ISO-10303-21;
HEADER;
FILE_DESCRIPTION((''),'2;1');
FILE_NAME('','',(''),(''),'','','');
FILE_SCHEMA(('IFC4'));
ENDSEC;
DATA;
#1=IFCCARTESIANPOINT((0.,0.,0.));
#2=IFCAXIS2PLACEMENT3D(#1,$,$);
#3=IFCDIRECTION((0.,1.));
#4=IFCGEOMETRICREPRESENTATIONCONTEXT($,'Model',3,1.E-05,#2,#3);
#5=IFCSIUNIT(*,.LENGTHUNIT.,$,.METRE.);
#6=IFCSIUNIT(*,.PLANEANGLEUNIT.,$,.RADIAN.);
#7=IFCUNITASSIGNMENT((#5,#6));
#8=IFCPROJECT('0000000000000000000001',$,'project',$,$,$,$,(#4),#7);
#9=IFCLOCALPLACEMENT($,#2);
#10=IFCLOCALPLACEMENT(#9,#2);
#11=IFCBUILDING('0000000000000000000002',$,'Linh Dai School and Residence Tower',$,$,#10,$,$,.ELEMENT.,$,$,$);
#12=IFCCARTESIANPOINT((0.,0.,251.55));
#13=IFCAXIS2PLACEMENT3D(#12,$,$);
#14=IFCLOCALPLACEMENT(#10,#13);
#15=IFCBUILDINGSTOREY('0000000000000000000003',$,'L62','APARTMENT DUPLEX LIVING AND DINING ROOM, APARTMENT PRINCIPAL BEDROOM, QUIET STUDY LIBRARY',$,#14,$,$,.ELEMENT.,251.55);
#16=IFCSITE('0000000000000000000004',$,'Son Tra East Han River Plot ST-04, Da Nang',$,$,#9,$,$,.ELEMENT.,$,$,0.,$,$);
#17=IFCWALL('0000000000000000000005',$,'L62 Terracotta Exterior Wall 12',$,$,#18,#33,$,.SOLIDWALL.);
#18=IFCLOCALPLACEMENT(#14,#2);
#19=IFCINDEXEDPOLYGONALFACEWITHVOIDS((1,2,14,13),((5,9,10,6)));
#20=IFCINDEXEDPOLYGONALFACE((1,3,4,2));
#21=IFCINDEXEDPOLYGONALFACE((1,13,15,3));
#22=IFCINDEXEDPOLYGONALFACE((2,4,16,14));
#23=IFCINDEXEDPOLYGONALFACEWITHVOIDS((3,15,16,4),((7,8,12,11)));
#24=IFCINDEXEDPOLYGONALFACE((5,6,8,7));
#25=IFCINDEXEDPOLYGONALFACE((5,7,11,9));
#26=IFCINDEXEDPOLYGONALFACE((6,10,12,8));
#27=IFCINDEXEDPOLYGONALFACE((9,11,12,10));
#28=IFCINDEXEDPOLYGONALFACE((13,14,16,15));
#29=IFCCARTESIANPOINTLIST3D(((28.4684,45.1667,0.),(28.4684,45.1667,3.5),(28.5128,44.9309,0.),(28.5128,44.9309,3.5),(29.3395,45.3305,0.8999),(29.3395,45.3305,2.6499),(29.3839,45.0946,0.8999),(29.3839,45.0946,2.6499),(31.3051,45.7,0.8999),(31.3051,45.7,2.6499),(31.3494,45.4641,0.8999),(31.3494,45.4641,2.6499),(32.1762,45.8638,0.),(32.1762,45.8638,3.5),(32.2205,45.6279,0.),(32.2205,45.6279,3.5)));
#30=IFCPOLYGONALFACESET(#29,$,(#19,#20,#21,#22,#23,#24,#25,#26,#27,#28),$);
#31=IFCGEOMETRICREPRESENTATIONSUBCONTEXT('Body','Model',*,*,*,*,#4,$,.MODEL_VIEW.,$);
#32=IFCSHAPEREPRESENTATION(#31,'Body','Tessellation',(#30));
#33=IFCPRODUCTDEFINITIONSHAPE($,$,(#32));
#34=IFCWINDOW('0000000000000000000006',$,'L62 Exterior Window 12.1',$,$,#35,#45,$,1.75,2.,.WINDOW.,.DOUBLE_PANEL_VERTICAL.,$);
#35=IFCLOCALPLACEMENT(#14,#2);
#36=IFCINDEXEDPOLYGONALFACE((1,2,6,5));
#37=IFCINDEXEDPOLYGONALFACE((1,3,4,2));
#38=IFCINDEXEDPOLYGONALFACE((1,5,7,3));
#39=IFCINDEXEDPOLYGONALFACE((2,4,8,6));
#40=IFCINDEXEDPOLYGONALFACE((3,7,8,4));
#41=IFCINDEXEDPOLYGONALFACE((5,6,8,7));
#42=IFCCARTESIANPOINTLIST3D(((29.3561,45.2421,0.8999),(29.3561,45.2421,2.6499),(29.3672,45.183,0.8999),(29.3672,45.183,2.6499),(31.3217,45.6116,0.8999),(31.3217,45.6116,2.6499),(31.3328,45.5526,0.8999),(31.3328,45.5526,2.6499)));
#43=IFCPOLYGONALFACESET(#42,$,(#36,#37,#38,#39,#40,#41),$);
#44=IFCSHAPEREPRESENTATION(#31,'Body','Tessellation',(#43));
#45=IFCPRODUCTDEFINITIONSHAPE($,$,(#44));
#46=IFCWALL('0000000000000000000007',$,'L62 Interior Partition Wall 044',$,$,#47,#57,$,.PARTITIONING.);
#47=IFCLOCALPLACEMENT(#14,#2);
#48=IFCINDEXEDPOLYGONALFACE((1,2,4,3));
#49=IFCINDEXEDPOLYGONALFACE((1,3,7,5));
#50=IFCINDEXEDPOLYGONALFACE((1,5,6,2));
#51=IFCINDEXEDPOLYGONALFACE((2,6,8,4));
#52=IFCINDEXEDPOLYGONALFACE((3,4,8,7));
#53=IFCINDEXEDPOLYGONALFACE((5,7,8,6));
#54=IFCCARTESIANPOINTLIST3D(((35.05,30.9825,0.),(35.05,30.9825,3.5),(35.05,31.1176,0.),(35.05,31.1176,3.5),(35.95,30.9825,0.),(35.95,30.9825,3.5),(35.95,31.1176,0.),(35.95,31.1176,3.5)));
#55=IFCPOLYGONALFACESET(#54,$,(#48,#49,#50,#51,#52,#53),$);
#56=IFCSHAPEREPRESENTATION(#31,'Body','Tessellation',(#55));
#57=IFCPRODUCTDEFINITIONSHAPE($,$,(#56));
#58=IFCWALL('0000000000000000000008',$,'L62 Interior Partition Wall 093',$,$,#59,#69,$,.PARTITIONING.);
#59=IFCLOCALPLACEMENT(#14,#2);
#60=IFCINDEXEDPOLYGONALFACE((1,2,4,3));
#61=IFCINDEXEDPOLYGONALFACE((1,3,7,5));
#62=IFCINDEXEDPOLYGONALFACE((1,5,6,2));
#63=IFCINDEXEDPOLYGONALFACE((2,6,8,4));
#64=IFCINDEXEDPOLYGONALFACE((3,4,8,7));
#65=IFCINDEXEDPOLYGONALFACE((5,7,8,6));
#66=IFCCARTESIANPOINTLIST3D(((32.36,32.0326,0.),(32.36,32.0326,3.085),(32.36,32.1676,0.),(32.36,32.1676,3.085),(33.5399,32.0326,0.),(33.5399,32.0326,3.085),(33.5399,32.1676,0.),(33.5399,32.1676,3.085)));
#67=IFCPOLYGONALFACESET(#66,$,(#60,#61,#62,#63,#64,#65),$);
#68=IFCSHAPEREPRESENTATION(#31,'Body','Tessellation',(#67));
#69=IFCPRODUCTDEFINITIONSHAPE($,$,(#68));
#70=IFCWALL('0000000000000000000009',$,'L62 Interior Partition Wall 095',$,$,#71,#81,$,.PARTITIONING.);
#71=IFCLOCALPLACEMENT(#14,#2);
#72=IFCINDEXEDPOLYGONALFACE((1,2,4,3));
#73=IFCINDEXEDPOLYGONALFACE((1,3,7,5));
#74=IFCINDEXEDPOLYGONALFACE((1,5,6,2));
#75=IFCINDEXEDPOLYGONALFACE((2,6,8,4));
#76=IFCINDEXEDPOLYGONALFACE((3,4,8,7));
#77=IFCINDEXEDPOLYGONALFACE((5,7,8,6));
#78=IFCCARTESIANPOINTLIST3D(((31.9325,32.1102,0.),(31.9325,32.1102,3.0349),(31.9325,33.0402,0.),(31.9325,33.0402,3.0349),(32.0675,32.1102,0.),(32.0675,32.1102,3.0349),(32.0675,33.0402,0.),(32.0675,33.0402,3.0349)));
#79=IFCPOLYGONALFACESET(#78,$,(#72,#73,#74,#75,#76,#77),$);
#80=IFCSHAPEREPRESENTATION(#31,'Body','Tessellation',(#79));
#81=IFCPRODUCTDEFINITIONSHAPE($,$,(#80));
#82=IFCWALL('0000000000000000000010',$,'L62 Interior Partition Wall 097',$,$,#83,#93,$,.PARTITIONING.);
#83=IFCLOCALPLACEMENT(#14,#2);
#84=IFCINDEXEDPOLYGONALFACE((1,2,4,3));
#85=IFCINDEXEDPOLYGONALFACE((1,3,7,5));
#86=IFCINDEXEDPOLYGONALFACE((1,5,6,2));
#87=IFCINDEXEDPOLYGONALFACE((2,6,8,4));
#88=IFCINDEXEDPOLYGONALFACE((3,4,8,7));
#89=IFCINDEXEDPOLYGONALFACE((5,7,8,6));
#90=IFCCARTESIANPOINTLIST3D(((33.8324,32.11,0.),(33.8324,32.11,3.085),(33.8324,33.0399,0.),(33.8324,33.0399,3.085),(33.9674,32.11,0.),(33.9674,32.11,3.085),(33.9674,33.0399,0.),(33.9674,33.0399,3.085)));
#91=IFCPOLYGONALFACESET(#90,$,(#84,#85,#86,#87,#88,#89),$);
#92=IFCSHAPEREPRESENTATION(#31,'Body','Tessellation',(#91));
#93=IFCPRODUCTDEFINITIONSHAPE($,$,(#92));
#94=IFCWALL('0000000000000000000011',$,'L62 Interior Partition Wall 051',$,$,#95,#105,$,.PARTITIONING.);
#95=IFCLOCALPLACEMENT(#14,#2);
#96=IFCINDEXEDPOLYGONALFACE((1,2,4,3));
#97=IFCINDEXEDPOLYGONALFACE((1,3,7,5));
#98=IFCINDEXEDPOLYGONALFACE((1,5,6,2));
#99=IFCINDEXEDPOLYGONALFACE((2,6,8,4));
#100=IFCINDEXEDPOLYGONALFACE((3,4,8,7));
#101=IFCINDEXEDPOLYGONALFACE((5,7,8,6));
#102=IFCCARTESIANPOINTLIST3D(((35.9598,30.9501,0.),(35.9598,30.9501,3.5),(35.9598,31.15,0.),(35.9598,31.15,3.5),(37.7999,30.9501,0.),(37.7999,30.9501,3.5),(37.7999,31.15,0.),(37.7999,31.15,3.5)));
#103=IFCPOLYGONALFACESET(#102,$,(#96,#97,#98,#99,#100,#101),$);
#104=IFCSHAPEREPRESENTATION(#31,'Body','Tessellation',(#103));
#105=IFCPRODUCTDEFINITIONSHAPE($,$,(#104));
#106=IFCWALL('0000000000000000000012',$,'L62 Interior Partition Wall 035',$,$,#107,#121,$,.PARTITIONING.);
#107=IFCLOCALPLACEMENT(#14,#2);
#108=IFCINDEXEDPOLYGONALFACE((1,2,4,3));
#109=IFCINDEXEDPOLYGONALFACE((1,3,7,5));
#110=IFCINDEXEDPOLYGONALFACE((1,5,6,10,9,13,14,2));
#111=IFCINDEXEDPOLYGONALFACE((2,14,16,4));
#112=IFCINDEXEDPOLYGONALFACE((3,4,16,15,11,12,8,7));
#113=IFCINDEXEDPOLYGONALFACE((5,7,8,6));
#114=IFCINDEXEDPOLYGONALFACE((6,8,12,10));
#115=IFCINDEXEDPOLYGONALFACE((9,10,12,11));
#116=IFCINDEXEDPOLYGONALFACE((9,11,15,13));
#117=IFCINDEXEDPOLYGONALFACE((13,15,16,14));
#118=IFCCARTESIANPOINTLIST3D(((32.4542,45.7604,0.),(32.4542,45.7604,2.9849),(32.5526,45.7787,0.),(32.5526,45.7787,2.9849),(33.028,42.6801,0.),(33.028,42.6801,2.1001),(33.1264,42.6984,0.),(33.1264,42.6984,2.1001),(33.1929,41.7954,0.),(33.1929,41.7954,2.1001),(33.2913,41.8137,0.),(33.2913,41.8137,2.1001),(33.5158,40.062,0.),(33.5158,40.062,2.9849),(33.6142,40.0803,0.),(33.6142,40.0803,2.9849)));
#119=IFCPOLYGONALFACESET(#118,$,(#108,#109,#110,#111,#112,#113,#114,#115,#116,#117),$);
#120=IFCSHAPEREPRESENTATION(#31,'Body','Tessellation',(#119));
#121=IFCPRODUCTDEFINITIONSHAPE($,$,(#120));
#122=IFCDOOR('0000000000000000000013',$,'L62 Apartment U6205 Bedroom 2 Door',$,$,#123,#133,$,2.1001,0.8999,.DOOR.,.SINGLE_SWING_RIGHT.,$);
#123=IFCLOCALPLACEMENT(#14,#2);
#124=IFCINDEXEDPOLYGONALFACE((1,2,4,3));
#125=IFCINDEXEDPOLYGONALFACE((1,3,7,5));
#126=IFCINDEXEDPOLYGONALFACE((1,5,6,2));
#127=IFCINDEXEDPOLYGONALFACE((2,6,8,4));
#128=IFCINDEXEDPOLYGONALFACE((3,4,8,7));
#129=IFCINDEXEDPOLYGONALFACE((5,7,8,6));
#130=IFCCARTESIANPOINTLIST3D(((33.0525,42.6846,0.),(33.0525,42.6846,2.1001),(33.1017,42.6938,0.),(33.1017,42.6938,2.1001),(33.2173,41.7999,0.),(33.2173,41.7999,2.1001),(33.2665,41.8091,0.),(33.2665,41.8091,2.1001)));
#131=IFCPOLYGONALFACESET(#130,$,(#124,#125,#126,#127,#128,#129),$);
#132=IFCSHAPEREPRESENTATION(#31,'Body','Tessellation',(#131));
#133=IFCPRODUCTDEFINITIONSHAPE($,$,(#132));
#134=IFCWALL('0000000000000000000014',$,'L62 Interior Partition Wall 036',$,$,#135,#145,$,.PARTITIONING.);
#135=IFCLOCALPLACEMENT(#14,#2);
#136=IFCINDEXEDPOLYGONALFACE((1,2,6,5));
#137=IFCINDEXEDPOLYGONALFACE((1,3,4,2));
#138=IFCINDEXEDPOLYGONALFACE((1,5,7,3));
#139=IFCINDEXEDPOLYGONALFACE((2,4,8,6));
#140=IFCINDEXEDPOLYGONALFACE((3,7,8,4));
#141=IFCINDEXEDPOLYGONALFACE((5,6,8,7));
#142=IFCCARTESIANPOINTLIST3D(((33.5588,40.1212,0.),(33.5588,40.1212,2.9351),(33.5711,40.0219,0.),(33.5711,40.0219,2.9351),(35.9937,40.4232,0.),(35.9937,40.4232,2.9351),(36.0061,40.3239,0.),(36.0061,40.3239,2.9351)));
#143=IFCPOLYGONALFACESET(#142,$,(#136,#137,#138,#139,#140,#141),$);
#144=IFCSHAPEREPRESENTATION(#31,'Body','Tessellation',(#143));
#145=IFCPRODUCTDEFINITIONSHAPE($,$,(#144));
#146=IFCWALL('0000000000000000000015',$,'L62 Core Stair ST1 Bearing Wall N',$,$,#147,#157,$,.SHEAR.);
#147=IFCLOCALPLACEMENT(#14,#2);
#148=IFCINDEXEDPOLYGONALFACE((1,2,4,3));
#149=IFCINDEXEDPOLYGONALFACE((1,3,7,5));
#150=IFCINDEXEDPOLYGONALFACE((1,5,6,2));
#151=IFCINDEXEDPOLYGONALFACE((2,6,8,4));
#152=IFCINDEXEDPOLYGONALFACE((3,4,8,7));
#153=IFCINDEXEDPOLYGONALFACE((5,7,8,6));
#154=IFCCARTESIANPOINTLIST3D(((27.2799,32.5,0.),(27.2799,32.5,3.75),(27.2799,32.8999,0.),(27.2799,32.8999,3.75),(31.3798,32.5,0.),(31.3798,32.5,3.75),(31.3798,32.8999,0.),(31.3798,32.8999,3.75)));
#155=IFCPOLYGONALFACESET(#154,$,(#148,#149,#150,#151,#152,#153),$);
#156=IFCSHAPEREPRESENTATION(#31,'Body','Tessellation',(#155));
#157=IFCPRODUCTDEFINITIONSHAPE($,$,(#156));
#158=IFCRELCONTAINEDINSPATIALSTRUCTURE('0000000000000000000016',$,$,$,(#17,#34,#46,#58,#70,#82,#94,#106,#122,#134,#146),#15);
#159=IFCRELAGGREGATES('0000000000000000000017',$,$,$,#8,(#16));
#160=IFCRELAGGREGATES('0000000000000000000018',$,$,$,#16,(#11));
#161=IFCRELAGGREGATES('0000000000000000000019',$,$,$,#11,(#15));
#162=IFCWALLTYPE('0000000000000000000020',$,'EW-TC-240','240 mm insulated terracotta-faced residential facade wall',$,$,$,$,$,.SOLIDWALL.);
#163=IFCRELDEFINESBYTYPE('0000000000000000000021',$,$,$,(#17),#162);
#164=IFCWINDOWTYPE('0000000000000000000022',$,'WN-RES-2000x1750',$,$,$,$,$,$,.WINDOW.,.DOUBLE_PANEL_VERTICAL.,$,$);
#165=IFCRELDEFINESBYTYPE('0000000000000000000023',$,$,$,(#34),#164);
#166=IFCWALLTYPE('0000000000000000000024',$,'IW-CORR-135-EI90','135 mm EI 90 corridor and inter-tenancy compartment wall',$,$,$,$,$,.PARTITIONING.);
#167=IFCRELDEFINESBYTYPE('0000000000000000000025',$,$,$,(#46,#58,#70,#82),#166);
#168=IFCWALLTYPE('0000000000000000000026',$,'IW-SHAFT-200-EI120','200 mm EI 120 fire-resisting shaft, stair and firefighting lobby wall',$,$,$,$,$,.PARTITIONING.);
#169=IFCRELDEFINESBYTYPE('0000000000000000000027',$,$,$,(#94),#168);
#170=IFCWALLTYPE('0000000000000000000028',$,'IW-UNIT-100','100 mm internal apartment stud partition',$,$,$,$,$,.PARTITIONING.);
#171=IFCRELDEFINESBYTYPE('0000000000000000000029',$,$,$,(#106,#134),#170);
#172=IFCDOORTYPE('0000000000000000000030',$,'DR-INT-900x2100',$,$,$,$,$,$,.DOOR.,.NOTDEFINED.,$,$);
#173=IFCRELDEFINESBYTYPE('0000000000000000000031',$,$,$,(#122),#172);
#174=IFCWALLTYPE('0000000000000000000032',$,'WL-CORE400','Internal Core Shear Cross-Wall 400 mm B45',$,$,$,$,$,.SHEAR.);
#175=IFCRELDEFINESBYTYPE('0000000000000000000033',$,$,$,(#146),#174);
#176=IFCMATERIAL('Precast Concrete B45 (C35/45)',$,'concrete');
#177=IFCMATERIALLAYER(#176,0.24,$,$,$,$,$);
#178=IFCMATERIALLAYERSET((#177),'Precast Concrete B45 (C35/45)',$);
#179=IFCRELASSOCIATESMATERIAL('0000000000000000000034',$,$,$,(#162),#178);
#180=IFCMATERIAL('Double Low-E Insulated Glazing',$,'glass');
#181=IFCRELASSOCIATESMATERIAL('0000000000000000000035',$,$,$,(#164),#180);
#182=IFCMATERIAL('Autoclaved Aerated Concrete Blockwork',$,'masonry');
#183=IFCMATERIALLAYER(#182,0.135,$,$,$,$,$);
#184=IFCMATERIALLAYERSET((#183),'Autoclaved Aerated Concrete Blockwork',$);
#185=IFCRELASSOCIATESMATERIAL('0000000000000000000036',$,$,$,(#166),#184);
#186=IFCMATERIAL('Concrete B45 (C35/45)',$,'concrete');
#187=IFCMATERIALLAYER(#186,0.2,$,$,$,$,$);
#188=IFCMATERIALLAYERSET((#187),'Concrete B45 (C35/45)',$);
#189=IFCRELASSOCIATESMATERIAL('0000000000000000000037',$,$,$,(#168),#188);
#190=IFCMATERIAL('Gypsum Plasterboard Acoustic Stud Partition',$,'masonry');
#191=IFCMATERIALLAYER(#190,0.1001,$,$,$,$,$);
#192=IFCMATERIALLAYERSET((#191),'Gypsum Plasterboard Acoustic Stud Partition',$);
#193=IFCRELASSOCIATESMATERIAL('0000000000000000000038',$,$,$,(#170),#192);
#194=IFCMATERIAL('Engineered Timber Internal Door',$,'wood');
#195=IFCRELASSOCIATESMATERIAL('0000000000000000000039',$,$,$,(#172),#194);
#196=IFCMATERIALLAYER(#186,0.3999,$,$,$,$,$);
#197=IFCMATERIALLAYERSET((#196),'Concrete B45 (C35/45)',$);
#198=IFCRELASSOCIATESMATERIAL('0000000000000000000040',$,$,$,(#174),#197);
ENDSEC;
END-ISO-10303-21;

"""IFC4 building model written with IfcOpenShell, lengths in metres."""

from ifc_helpers import new_model, si_unit, direction, frame, frame_2d, origin, origin_2d, place, context, subcontext, project, spatial, rectangle, extrude, source, transform, mapped, material, layer, layer_set, type_object, element, fill, save


model = new_model("IFC4")

# Units and contexts
model_context = context("Model", 3, precision=1e-05, world=origin(), true_north=direction((0.0, 1.0)))
body_context = subcontext(model_context, "Body", "Model", "MODEL_VIEW")
ifc_project = project(units=[si_unit("LENGTHUNIT", "METRE"), si_unit("PLANEANGLEUNIT", "RADIAN")], contexts=[model_context])

# Site, building, storey
site_placement = place(None, origin())
site = spatial("IfcSite", under=ifc_project, at=site_placement, Name="Son Tra East Han River Plot ST-04, Da Nang", CompositionType="ELEMENT", RefElevation=0.0)
building_placement = place(site_placement, origin())
building = spatial("IfcBuilding", under=site, at=building_placement, Name="Linh Dai School and Residence Tower", CompositionType="ELEMENT")
storey_placement = place(building_placement, frame((0.0, 0.0, 251.55)))
storey = spatial("IfcBuildingStorey", under=building, at=storey_placement, Name="L62", Description="APARTMENT DUPLEX LIVING AND DINING ROOM, APARTMENT PRINCIPAL BEDROOM, QUIET STUDY LIBRARY", CompositionType="ELEMENT", Elevation=251.55)

# Shared definitions
ifc_material_1 = material(Name="Precast Concrete B45 (C35/45)", Category="concrete")
ifc_layer_1 = layer(ifc_material_1, 0.24)
ifc_layer_set_1 = layer_set([ifc_layer_1], Name="Precast Concrete B45 (C35/45)")
wall_type_1 = type_object("IfcWallType", Name="EW-TC-240", Description="240 mm insulated terracotta-faced residential facade wall", PredefinedType="SOLIDWALL", material=ifc_layer_set_1)

# Wall, opening, window
wall_1_placement = place(storey_placement, frame((28.4907, 45.0488, 0.0), z_axis=(0.0, 0.0, 1.0), x_axis=(0.982785, 0.184753, 0.0)))
wall_1 = element("IfcWall", 1, at=wall_1_placement, inside=storey, type_object=wall_type_1, Name="L62 Terracotta Exterior Wall 12", PredefinedType="SOLIDWALL", context=body_context, shape_type="SweptSolid", body=[
    extrude(rectangle(XDim=3.7727, YDim=0.24, at=frame_2d((1.8862, 0.0))), origin(), (0.0, 0.0, 1.0), 3.5),
])
opening_1_placement = place(wall_1_placement, frame((0.8862, 0.0, 0.8999)))
opening_1 = element("IfcOpeningElement", 2, at=opening_1_placement, cuts=wall_1, PredefinedType="OPENING", context=body_context, shape_type="SweptSolid", body=[
    extrude(rectangle(XDim=2.0, YDim=1.75, at=origin_2d()), frame((1.0, 0.1299, 0.875), z_axis=(0.0, -1.0, 0.0), x_axis=(1.0, 0.0, 0.0)), (0.0, 0.0, 1.0), 0.26),
])
ifc_material_2 = material(Name="Double Low-E Insulated Glazing", Category="glass")
window_type = type_object("IfcWindowType", Name="WN-RES-2000x1750", PartitioningType="DOUBLE_PANEL_VERTICAL", PredefinedType="WINDOW", material=ifc_material_2)
shared_shape_1 = source(origin(), body_context, "Body", "SweptSolid", [
    extrude(rectangle(XDim=2.0, YDim=1.75, at=origin_2d()), frame((1.0, 0.03, 0.875), z_axis=(0.0, -1.0, 0.0), x_axis=(1.0, 0.0, 0.0)), (0.0, 0.0, 1.0), 0.0601),
])
window_placement = place(opening_1_placement, origin())
window = element("IfcWindow", 3, at=window_placement, inside=storey, type_object=window_type, Name="L62 Exterior Window 12.1", OverallHeight=1.75, OverallWidth=2.0, PartitioningType="DOUBLE_PANEL_VERTICAL", PredefinedType="WINDOW", context=body_context, shape_type="MappedRepresentation", body=[
    mapped(shared_shape_1, transform((0.0, 0.0, 0.0), x_axis=(1.0, 0.0, 0.0), y_axis=(0.0, 1.0, 0.0), z_axis=(0.0, 0.0, 1.0), scale=1.0)),
])
fill(opening_1, window)

# Walls
ifc_material_3 = material(Name="Autoclaved Aerated Concrete Blockwork", Category="masonry")
ifc_layer_2 = layer(ifc_material_3, 0.135)
ifc_layer_set_2 = layer_set([ifc_layer_2], Name="Autoclaved Aerated Concrete Blockwork")
wall_type_2 = type_object("IfcWallType", Name="IW-CORR-135-EI90", Description="135 mm EI 90 corridor and inter-tenancy compartment wall", PredefinedType="PARTITIONING", material=ifc_layer_set_2)
wall_2_placement = place(storey_placement, frame((35.05, 31.05, 0.0), z_axis=(0.0, 0.0, 1.0), x_axis=(1.0, 0.0, 0.0)))
element("IfcWall", 4, at=wall_2_placement, inside=storey, type_object=wall_type_2, Name="L62 Interior Partition Wall 044", PredefinedType="PARTITIONING", context=body_context, shape_type="SweptSolid", body=[
    extrude(rectangle(XDim=0.8999, YDim=0.135, at=frame_2d((0.45, 0.0))), origin(), (0.0, 0.0, 1.0), 3.5),
])
wall_3_placement = place(storey_placement, frame((32.3601, 32.1001, 0.0), z_axis=(0.0, 0.0, 1.0), x_axis=(1.0, 0.0, 0.0)))
element("IfcWall", 5, at=wall_3_placement, inside=storey, type_object=wall_type_2, Name="L62 Interior Partition Wall 093", PredefinedType="PARTITIONING", context=body_context, shape_type="SweptSolid", body=[
    extrude(rectangle(XDim=1.1799, YDim=0.135, at=frame_2d((0.5898, 0.0))), origin(), (0.0, 0.0, 1.0), 3.085),
])
wall_4_placement = place(storey_placement, frame((32.0, 33.04, 0.0), z_axis=(0.0, 0.0, 1.0), x_axis=(0.0, -1.0, 0.0)))
element("IfcWall", 6, at=wall_4_placement, inside=storey, type_object=wall_type_2, Name="L62 Interior Partition Wall 095", PredefinedType="PARTITIONING", context=body_context, shape_type="SweptSolid", body=[
    extrude(rectangle(XDim=0.9299, YDim=0.135, at=frame_2d((0.4648, 0.0))), origin(), (0.0, 0.0, 1.0), 3.0349),
])
wall_5_placement = place(storey_placement, frame((33.8999, 32.1101, 0.0), z_axis=(0.0, 0.0, 1.0), x_axis=(0.0, 1.0, 0.0)))
element("IfcWall", 7, at=wall_5_placement, inside=storey, type_object=wall_type_2, Name="L62 Interior Partition Wall 097", PredefinedType="PARTITIONING", context=body_context, shape_type="SweptSolid", body=[
    extrude(rectangle(XDim=0.9299, YDim=0.135, at=frame_2d((0.4648, 0.0))), origin(), (0.0, 0.0, 1.0), 3.085),
])
ifc_material_4 = material(Name="Concrete B45 (C35/45)", Category="concrete")
ifc_layer_3 = layer(ifc_material_4, 0.2)
ifc_layer_set_3 = layer_set([ifc_layer_3], Name="Concrete B45 (C35/45)")
wall_type_3 = type_object("IfcWallType", Name="IW-SHAFT-200-EI120", Description="200 mm EI 120 fire-resisting shaft, stair and firefighting lobby wall", PredefinedType="PARTITIONING", material=ifc_layer_set_3)
wall_6_placement = place(storey_placement, frame((35.96, 31.05, 0.0), z_axis=(0.0, 0.0, 1.0), x_axis=(1.0, 0.0, 0.0)))
element("IfcWall", 8, at=wall_6_placement, inside=storey, type_object=wall_type_3, Name="L62 Interior Partition Wall 051", PredefinedType="PARTITIONING", context=body_context, shape_type="SweptSolid", body=[
    extrude(rectangle(XDim=1.8401, YDim=0.2, at=frame_2d((0.9199, 0.0))), origin(), (0.0, 0.0, 1.0), 3.5),
])

# Wall, opening, door
ifc_material_5 = material(Name="Gypsum Plasterboard Acoustic Stud Partition", Category="masonry")
ifc_layer_4 = layer(ifc_material_5, 0.1001)
ifc_layer_set_4 = layer_set([ifc_layer_4], Name="Gypsum Plasterboard Acoustic Stud Partition")
wall_type_4 = type_object("IfcWallType", Name="IW-UNIT-100", Description="100 mm internal apartment stud partition", PredefinedType="PARTITIONING", material=ifc_layer_set_4)
wall_7_placement = place(storey_placement, frame((32.5034, 45.7695, 0.0), z_axis=(0.0, 0.0, 1.0), x_axis=(0.183139, -0.983087, 0.0)))
wall_7 = element("IfcWall", 9, at=wall_7_placement, inside=storey, type_object=wall_type_4, Name="L62 Interior Partition Wall 035", PredefinedType="PARTITIONING", context=body_context, shape_type="SweptSolid", body=[
    extrude(rectangle(XDim=5.7964, YDim=0.1001, at=frame_2d((2.8982, 0.0))), origin(), (0.0, 0.0, 1.0), 2.9849),
])
opening_2_placement = place(wall_7_placement, frame((3.1333, 0.0, 0.0)))
opening_2 = element("IfcOpeningElement", 10, at=opening_2_placement, cuts=wall_7, PredefinedType="OPENING", context=body_context, shape_type="SweptSolid", body=[
    extrude(rectangle(XDim=0.8999, YDim=2.1001, at=origin_2d()), frame((0.45, 0.0601, 1.05), z_axis=(0.0, -1.0, 0.0), x_axis=(1.0, 0.0, 0.0)), (0.0, 0.0, 1.0), 0.1201),
])
ifc_material_6 = material(Name="Engineered Timber Internal Door", Category="wood")
door_type_1 = type_object("IfcDoorType", Name="DR-INT-900x2100", OperationType="NOTDEFINED", PredefinedType="DOOR", material=ifc_material_6)
shared_shape_2 = source(origin(), body_context, "Body", "SweptSolid", [
    extrude(rectangle(XDim=0.8999, YDim=2.1001, at=origin_2d()), frame((0.45, 0.0249, 1.05), z_axis=(0.0, -1.0, 0.0), x_axis=(1.0, 0.0, 0.0)), (0.0, 0.0, 1.0), 0.05),
])
door_1_placement = place(opening_2_placement, origin())
door_1 = element("IfcDoor", 11, at=door_1_placement, inside=storey, type_object=door_type_1, Name="L62 Apartment U6205 Bedroom 2 Door", OperationType="SINGLE_SWING_RIGHT", OverallHeight=2.1001, OverallWidth=0.8999, PredefinedType="DOOR", context=body_context, shape_type="MappedRepresentation", body=[
    mapped(shared_shape_2, transform((0.0, 0.0, 0.0), x_axis=(1.0, 0.0, 0.0), y_axis=(0.0, 1.0, 0.0), z_axis=(0.0, 0.0, 1.0), scale=1.0)),
])
fill(opening_2, door_1)

# Walls
wall_8_placement = place(storey_placement, frame((33.5649, 40.0715, 0.0), z_axis=(0.0, 0.0, 1.0), x_axis=(0.992397, 0.123079, 0.0)))
element("IfcWall", 12, at=wall_8_placement, inside=storey, type_object=wall_type_4, Name="L62 Interior Partition Wall 036", PredefinedType="PARTITIONING", context=body_context, shape_type="SweptSolid", body=[
    extrude(rectangle(XDim=2.4536, YDim=0.1001, at=frame_2d((1.2268, 0.0))), origin(), (0.0, 0.0, 1.0), 2.9351),
])
ifc_layer_5 = layer(ifc_material_4, 0.3999)
ifc_layer_set_5 = layer_set([ifc_layer_5], Name="Concrete B45 (C35/45)")
wall_type_5 = type_object("IfcWallType", Name="WL-CORE400", Description="Internal Core Shear Cross-Wall 400 mm B45", PredefinedType="SHEAR", material=ifc_layer_set_5)
wall_9_placement = place(storey_placement, frame((27.28, 32.7, 0.0), z_axis=(0.0, 0.0, 1.0), x_axis=(1.0, 0.0, 0.0)))
element("IfcWall", 13, at=wall_9_placement, inside=storey, type_object=wall_type_5, Name="L62 Core Stair ST1 Bearing Wall N", PredefinedType="SHEAR", context=body_context, shape_type="SweptSolid", body=[
    extrude(rectangle(XDim=4.0999, YDim=0.3999, at=frame_2d((2.0498, 0.0))), origin(), (0.0, 0.0, 1.0), 3.75),
])

save(model, "model.ifc")
